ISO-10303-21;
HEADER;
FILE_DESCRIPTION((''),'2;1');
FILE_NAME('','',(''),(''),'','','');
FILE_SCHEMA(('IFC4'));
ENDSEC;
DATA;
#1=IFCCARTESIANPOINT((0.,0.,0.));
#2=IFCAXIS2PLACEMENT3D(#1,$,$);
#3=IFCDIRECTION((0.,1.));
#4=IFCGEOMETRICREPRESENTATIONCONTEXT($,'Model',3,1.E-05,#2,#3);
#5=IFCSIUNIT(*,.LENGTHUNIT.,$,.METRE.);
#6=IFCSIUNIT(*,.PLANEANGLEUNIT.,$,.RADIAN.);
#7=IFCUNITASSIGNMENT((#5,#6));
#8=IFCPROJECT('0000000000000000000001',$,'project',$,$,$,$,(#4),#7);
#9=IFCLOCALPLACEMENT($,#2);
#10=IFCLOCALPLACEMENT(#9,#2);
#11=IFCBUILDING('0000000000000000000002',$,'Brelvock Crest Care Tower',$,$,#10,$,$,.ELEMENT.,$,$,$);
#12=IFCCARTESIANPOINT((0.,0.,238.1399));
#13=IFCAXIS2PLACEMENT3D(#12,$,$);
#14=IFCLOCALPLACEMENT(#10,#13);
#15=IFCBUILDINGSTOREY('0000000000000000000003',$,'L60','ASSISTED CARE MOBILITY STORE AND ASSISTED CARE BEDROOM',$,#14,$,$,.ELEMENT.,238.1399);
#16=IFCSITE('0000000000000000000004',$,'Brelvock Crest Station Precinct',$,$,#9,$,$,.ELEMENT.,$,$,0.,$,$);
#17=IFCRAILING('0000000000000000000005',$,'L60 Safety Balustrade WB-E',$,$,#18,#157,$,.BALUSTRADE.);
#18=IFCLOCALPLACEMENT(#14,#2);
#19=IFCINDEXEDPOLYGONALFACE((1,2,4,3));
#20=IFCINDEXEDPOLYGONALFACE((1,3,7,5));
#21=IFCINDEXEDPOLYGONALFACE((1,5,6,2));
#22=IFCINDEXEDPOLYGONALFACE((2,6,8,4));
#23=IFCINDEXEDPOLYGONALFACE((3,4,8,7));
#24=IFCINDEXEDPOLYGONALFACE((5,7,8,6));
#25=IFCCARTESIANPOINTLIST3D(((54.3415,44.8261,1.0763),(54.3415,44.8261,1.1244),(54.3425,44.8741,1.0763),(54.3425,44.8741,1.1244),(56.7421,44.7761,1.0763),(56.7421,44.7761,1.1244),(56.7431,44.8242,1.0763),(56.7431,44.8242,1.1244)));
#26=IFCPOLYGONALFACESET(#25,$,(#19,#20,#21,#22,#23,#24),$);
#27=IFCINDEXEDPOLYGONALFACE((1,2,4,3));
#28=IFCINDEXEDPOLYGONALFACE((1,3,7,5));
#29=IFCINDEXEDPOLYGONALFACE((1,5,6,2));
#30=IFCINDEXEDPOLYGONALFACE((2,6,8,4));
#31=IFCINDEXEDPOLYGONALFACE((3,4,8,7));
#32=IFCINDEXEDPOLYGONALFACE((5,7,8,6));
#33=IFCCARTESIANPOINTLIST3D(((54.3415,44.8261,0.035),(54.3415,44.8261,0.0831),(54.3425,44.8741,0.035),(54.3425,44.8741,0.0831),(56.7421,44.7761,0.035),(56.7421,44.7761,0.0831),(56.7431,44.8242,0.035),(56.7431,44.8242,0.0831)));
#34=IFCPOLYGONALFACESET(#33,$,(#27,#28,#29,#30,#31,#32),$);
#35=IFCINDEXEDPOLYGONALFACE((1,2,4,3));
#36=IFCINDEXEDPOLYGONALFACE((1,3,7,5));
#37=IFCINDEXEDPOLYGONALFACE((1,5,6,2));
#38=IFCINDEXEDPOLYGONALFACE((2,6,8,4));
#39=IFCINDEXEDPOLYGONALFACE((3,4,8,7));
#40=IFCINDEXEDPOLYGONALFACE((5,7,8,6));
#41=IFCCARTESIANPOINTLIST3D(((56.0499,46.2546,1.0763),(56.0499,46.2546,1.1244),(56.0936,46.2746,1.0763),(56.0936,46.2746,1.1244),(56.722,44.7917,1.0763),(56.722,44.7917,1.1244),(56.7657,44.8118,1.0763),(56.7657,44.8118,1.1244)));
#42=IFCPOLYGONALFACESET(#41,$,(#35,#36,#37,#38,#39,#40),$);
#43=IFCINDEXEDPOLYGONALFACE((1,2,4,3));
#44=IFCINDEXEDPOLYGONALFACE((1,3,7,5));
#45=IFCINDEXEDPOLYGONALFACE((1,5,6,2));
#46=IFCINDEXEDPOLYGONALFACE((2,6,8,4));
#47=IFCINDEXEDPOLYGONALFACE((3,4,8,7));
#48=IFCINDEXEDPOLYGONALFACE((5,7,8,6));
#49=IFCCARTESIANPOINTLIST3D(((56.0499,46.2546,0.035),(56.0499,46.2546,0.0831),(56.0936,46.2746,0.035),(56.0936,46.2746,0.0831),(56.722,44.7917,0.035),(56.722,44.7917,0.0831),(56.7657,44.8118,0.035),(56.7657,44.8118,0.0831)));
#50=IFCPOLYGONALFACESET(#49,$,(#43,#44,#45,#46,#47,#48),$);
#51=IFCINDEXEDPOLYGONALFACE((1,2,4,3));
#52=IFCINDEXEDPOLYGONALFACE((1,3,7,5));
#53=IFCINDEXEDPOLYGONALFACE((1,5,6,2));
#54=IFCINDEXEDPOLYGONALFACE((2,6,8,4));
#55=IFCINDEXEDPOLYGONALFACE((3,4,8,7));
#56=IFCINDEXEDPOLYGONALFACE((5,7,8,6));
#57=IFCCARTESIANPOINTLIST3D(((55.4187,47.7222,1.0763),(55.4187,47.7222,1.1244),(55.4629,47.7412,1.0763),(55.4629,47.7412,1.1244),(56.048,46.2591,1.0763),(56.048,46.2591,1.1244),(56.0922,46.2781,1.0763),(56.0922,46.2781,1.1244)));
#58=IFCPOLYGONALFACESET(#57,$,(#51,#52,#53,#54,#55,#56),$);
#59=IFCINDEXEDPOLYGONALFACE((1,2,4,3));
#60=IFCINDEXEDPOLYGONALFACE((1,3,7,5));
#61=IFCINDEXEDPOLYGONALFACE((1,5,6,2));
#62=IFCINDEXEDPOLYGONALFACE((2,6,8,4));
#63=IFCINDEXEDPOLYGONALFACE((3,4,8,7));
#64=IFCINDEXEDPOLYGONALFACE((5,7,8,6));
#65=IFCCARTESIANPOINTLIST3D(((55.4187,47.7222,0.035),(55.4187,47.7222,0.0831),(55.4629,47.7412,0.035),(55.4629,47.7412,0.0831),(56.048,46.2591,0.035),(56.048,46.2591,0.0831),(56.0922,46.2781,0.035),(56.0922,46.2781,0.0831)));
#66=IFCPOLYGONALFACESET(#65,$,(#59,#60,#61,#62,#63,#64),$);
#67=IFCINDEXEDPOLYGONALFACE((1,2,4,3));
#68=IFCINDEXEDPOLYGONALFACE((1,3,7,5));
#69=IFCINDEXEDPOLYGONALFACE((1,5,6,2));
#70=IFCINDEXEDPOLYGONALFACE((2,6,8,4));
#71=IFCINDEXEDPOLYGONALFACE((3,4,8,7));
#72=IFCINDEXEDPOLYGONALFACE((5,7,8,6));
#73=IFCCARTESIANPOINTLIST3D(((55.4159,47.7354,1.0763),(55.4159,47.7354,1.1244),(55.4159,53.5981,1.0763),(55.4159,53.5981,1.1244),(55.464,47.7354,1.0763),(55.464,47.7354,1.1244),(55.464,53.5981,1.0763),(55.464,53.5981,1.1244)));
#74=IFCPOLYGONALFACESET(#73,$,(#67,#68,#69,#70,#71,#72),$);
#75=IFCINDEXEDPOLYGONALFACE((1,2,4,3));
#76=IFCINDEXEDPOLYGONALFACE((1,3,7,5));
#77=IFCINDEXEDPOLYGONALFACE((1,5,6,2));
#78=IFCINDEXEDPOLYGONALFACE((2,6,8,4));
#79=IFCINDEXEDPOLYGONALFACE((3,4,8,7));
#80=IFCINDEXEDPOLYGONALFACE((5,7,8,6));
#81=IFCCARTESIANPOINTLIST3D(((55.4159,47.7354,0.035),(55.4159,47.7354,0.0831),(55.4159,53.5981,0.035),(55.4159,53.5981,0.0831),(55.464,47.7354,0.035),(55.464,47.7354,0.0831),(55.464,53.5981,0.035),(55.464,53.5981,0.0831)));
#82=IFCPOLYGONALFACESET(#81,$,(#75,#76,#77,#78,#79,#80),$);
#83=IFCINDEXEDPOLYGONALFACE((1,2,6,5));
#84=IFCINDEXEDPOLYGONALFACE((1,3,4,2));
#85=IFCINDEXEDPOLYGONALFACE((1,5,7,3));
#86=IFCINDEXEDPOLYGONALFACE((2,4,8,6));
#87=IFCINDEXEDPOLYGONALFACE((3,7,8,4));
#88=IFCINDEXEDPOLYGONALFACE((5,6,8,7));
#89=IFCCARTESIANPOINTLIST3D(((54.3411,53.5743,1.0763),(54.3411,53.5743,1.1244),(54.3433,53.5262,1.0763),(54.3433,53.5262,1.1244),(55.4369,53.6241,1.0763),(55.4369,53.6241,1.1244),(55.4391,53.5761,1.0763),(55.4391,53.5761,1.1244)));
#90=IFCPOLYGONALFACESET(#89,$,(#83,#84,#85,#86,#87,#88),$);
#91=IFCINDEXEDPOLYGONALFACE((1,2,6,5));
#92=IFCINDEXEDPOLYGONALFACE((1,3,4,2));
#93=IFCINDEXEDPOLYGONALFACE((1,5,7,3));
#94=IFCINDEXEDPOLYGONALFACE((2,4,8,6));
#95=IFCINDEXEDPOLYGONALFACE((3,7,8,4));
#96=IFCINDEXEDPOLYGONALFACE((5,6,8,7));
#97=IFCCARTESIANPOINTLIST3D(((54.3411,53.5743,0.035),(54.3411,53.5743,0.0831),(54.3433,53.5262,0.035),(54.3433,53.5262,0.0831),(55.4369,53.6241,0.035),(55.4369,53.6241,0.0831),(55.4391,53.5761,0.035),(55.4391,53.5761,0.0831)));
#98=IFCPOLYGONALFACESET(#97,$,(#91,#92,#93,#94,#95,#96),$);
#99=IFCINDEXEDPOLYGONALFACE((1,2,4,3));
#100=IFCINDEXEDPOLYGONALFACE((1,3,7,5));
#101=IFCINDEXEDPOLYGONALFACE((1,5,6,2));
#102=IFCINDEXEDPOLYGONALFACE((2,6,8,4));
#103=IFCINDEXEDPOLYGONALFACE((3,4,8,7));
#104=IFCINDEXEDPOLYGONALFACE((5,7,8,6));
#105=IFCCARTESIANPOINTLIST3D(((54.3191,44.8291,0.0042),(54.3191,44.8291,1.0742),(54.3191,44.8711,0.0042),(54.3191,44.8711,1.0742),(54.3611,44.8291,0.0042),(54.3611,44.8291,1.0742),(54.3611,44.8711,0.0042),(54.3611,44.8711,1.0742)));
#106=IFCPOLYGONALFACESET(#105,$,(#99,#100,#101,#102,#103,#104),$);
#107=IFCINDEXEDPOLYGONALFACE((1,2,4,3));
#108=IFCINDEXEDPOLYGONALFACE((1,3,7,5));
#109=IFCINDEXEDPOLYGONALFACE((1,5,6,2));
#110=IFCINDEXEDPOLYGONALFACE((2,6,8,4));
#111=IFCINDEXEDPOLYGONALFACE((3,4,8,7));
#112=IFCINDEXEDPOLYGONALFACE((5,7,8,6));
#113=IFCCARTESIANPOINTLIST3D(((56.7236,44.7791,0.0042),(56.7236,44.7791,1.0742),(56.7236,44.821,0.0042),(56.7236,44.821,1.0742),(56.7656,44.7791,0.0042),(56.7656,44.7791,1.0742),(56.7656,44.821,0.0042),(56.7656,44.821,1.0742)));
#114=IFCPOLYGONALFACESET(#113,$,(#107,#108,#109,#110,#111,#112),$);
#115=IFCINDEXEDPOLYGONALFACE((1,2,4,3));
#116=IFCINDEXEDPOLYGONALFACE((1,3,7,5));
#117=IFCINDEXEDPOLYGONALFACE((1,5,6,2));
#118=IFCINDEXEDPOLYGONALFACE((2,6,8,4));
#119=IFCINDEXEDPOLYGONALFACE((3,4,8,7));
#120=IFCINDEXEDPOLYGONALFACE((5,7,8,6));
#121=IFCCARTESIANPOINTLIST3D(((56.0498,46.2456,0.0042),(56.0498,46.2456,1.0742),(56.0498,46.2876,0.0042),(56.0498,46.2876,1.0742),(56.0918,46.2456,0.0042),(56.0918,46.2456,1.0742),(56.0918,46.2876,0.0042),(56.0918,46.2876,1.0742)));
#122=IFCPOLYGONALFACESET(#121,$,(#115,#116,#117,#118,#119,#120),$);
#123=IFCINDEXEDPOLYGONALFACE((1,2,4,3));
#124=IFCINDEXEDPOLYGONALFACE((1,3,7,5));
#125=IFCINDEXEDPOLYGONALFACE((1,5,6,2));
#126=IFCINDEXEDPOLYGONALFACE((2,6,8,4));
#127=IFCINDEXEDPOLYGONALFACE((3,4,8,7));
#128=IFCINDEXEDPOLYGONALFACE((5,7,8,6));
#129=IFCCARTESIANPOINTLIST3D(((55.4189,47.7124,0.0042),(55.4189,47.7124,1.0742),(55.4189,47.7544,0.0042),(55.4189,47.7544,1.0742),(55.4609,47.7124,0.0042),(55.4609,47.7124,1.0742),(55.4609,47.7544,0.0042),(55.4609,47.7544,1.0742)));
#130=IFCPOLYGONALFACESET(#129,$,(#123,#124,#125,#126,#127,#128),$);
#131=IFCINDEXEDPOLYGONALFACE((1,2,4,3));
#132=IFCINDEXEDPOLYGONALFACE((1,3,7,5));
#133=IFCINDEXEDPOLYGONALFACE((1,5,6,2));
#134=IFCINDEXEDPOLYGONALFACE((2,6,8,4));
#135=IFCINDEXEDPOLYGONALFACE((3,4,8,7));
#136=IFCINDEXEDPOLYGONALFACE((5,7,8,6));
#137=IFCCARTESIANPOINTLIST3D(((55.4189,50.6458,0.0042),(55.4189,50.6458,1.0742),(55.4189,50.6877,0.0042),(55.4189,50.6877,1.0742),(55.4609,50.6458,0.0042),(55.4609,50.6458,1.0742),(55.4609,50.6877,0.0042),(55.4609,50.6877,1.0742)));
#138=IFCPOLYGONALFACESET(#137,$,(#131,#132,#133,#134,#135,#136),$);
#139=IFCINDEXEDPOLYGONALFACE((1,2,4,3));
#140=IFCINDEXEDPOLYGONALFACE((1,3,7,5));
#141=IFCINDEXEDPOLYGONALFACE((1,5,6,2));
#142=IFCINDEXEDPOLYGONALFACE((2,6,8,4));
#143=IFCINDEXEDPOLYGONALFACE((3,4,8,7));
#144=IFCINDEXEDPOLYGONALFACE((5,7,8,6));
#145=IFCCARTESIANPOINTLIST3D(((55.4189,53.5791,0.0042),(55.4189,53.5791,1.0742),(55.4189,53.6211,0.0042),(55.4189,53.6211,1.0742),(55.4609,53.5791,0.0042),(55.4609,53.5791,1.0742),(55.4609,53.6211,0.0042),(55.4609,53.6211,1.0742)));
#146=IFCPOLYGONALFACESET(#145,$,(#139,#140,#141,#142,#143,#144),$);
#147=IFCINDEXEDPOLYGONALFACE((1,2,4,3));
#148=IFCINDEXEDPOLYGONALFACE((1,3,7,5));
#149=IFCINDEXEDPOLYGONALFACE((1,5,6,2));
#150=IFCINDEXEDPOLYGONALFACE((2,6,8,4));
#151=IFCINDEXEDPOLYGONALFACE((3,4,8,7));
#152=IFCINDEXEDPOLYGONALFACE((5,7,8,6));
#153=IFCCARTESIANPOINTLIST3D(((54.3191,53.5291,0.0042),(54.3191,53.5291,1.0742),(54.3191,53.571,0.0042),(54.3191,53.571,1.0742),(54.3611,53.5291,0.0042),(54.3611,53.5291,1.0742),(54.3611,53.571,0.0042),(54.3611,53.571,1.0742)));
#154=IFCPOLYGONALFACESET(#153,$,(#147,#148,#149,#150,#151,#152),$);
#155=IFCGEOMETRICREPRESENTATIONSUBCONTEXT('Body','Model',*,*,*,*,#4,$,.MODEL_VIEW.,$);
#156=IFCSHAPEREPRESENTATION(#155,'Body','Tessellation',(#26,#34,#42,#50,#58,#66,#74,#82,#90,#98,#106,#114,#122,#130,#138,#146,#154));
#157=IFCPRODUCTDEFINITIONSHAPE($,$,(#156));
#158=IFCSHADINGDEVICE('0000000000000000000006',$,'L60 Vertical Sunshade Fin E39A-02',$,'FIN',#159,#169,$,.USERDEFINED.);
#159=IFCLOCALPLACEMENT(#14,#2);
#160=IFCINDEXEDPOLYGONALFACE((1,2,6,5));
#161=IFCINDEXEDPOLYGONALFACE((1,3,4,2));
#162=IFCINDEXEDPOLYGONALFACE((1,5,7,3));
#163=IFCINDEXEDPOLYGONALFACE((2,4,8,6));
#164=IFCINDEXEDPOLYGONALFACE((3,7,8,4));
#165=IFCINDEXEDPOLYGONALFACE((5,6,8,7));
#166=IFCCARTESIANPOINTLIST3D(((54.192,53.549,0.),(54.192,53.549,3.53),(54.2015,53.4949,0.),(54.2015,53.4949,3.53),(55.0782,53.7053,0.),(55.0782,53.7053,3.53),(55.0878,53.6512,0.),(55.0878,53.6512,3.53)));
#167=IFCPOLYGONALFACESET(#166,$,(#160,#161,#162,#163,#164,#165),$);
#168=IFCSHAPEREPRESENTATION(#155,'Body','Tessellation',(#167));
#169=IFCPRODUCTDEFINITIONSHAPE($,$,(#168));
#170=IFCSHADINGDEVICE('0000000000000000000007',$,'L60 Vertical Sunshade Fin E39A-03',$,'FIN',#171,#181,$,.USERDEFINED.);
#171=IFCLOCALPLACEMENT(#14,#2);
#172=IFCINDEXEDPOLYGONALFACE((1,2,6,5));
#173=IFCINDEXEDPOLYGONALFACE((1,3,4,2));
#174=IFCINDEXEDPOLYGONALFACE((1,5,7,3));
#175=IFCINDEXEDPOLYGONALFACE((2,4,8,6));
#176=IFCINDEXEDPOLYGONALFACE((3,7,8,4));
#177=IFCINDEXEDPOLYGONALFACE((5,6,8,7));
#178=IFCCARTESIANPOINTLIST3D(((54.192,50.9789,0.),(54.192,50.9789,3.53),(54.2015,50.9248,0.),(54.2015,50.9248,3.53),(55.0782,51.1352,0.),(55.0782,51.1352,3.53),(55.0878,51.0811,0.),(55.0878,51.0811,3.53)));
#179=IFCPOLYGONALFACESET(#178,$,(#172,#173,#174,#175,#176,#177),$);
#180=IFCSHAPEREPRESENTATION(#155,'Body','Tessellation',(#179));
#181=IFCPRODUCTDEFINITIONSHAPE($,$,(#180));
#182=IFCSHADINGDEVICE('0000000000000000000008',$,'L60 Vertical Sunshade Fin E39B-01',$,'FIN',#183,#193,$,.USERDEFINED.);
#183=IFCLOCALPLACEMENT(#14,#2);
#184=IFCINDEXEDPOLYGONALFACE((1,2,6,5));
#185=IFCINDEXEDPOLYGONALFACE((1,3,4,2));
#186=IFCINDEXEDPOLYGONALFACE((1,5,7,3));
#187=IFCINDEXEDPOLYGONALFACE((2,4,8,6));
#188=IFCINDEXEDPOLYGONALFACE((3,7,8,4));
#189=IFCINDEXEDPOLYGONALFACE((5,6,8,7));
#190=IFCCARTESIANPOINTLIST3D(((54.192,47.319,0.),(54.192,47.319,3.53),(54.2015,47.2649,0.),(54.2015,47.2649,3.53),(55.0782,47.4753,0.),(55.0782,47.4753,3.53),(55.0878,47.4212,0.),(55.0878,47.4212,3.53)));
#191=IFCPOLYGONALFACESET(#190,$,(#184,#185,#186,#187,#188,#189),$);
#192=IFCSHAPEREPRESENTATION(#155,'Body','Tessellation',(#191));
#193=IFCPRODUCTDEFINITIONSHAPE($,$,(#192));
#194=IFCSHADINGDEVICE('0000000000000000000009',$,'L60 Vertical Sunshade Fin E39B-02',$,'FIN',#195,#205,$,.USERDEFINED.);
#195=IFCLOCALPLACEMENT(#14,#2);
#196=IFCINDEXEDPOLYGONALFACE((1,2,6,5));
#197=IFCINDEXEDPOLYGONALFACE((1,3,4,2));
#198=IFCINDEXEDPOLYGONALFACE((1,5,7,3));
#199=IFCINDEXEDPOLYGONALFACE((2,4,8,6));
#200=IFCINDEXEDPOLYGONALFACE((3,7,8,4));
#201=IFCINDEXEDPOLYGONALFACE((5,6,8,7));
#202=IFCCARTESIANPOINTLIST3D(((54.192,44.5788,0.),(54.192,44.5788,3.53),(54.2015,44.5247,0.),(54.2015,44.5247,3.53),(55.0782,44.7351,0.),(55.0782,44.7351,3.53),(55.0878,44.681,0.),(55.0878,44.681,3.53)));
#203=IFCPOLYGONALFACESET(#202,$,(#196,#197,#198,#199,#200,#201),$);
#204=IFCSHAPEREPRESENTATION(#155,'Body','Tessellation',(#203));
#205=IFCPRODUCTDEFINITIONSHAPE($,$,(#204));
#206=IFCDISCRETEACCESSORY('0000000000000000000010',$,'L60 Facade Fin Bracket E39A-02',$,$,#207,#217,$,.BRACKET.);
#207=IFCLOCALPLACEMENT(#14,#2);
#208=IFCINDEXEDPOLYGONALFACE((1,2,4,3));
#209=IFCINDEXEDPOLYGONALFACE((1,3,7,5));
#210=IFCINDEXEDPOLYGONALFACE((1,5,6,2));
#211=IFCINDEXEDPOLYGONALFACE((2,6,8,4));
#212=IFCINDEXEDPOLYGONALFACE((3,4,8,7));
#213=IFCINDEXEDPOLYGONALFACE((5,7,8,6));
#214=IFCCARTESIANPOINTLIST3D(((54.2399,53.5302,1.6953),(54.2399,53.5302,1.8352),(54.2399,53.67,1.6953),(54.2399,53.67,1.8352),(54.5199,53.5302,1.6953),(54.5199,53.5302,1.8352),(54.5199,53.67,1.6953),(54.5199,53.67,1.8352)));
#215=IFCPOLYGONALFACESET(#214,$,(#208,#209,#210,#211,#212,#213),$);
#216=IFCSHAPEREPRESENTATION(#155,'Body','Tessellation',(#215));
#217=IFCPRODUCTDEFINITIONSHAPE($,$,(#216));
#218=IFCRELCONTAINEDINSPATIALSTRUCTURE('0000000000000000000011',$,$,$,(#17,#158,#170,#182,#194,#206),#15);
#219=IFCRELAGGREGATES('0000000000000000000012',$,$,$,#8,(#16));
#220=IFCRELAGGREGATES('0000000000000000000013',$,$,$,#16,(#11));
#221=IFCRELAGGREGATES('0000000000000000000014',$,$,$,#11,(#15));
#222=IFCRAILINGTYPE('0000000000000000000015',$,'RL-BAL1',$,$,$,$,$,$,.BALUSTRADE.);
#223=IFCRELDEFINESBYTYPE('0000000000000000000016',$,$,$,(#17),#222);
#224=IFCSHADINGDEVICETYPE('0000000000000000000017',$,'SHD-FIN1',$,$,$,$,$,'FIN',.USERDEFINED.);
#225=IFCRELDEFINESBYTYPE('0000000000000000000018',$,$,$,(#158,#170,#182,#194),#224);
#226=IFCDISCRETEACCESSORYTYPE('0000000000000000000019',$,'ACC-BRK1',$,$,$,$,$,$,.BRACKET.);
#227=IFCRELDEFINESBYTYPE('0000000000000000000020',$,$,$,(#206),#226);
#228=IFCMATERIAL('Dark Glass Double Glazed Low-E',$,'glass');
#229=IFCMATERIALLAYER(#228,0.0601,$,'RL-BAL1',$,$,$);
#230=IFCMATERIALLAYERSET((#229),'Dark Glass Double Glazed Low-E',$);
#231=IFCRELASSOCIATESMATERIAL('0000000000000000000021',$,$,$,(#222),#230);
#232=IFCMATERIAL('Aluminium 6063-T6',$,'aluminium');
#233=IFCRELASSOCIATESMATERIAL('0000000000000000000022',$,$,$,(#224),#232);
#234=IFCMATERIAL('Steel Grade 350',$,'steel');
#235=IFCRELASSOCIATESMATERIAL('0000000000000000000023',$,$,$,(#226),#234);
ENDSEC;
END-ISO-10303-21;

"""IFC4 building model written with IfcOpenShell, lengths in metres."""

from ifc_helpers import new_model, si_unit, direction, frame, origin, origin_2d, place, context, subcontext, project, spatial, rectangle, extrude, source, transform, mapped, material, layer, layer_set, material_profile, profile_set, type_object, element, save


model = new_model("IFC4")

# Units and contexts
model_context = context("Model", 3, precision=1e-05, world=origin(), true_north=direction((0.0, 1.0)))
body_context = subcontext(model_context, "Body", "Model", "MODEL_VIEW")
ifc_project = project(units=[si_unit("LENGTHUNIT", "METRE"), si_unit("PLANEANGLEUNIT", "RADIAN")], contexts=[model_context])

# Site, building, storey
site_placement = place(None, origin())
site = spatial("IfcSite", under=ifc_project, at=site_placement, Name="Brelvock Crest Station Precinct", CompositionType="ELEMENT", RefElevation=0.0)
building_placement = place(site_placement, origin())
building = spatial("IfcBuilding", under=site, at=building_placement, Name="Brelvock Crest Care Tower", CompositionType="ELEMENT")
storey_placement = place(building_placement, frame((0.0, 0.0, 238.1399)))
storey = spatial("IfcBuildingStorey", under=building, at=storey_placement, Name="L60", Description="ASSISTED CARE MOBILITY STORE AND ASSISTED CARE BEDROOM", CompositionType="ELEMENT", Elevation=238.1399)

# Shared definitions
ifc_material_1 = material(Name="Dark Glass Double Glazed Low-E", Category="glass")
ifc_material_2 = material(Name="Aluminium 6063-T6", Category="aluminium")

# Railing
ifc_layer_1 = layer(ifc_material_1, 0.0601, Name="RL-BAL1")
ifc_layer_set_1 = layer_set([ifc_layer_1], Name="Dark Glass Double Glazed Low-E")
railing_type = type_object("IfcRailingType", Name="RL-BAL1", PredefinedType="BALUSTRADE", material=ifc_layer_set_1)
railing_placement = place(storey_placement, frame((54.3401, 44.8501, 0.0042)))
element("IfcRailing", 1, at=railing_placement, inside=storey, type_object=railing_type, Name="L60 Safety Balustrade WB-E", PredefinedType="BALUSTRADE", context=body_context, shape_type="SweptSolid", body=[
    extrude(rectangle(XDim=0.0481, YDim=0.0481, at=origin_2d()), frame((0.002, 0.0, 1.0962), z_axis=(0.999783, -0.02081, 0.0), x_axis=(0.02081, 0.999783, 0.0)), (0.0, 0.0, 1.0), 2.4011),
    extrude(rectangle(XDim=0.0481, YDim=0.0481, at=origin_2d()), frame((0.002, 0.0, 0.0549), z_axis=(0.999783, -0.02081, 0.0), x_axis=(0.02081, 0.999783, 0.0)), (0.0, 0.0, 1.0), 2.4011),
    extrude(rectangle(XDim=0.0481, YDim=0.0481, at=origin_2d()), frame((2.4038, -0.0483, 1.0962), z_axis=(-0.417504, 0.908675, 0.0), x_axis=(-0.908675, -0.417504, 0.0)), (0.0, 0.0, 1.0), 1.6099),
    extrude(rectangle(XDim=0.0481, YDim=0.0481, at=origin_2d()), frame((2.4038, -0.0483, 0.0549), z_axis=(-0.417504, 0.908675, 0.0), x_axis=(-0.908675, -0.417504, 0.0)), (0.0, 0.0, 1.0), 1.6099),
    extrude(rectangle(XDim=0.0481, YDim=0.0481, at=origin_2d()), frame((1.73, 1.4185, 1.0962), z_axis=(-0.3951, 0.918638, 0.0), x_axis=(-0.918638, -0.3951, 0.0)), (0.0, 0.0, 1.0), 1.5928),
    extrude(rectangle(XDim=0.0481, YDim=0.0481, at=origin_2d()), frame((1.73, 1.4185, 0.0549), z_axis=(-0.3951, 0.918638, 0.0), x_axis=(-0.918638, -0.3951, 0.0)), (0.0, 0.0, 1.0), 1.5928),
    extrude(rectangle(XDim=0.0481, YDim=0.0481, at=origin_2d()), frame((1.0999, 2.8853, 1.0962), z_axis=(0.0, 1.0, 0.0), x_axis=(-1.0, 0.0, 0.0)), (0.0, 0.0, 1.0), 5.8628),
    extrude(rectangle(XDim=0.0481, YDim=0.0481, at=origin_2d()), frame((1.0999, 2.8853, 0.0549), z_axis=(0.0, 1.0, 0.0), x_axis=(-1.0, 0.0, 0.0)), (0.0, 0.0, 1.0), 5.8628),
    extrude(rectangle(XDim=0.0481, YDim=0.0481, at=origin_2d()), frame((1.0979, 8.75, 1.0962), z_axis=(-0.998966, -0.045458, 0.0), x_axis=(0.045458, -0.998966, 0.0)), (0.0, 0.0, 1.0), 1.0969),
    extrude(rectangle(XDim=0.0481, YDim=0.0481, at=origin_2d()), frame((1.0979, 8.75, 0.0549), z_axis=(-0.998966, -0.045458, 0.0), x_axis=(0.045458, -0.998966, 0.0)), (0.0, 0.0, 1.0), 1.0969),
    extrude(rectangle(XDim=0.042, YDim=0.042, at=origin_2d()), origin(), (0.0, 0.0, 1.0), 1.0701),
    extrude(rectangle(XDim=0.042, YDim=0.042, at=origin_2d()), frame((2.4045, -0.05, 0.0)), (0.0, 0.0, 1.0), 1.0701),
    extrude(rectangle(XDim=0.042, YDim=0.042, at=origin_2d()), frame((1.7307, 1.4165, 0.0)), (0.0, 0.0, 1.0), 1.0701),
    extrude(rectangle(XDim=0.042, YDim=0.042, at=origin_2d()), frame((1.0999, 2.8833, 0.0)), (0.0, 0.0, 1.0), 1.0701),
    extrude(rectangle(XDim=0.042, YDim=0.042, at=origin_2d()), frame((1.0999, 5.8167, 0.0)), (0.0, 0.0, 1.0), 1.0701),
    extrude(rectangle(XDim=0.042, YDim=0.042, at=origin_2d()), frame((1.0999, 8.75, 0.0)), (0.0, 0.0, 1.0), 1.0701),
    extrude(rectangle(XDim=0.042, YDim=0.042, at=origin_2d()), frame((0.0, 8.7, 0.0)), (0.0, 0.0, 1.0), 1.0701),
])

# Shading devices
ifc_material_profile_1 = material_profile(ifc_material_2, rectangle(XDim=0.0549, YDim=0.8999, at=origin_2d()), Name="FIN55x900")
ifc_profile_set_1 = profile_set([ifc_material_profile_1], Name="Aluminium 6063-T6")
shading_device_type = type_object("IfcShadingDeviceType", Name="SHD-FIN1", ElementType="FIN", PredefinedType="USERDEFINED", material=ifc_profile_set_1)
shared_shape_1 = source(origin(), body_context, "Body", "SweptSolid", [
    extrude(rectangle(XDim=0.0549, YDim=0.8999, at=origin_2d()), origin(), (0.0, 0.0, 1.0), 3.53),
])
for number, where, z_axis, x_axis, name in (
    (2, (54.6399, 53.6001, 0.0), (0.0, 0.0, 1.0), (0.173648, -0.984808, 0.0), "L60 Vertical Sunshade Fin E39A-02"),
    (3, (54.6399, 51.03, 0.0), (0.0, 0.0, 1.0), (0.173648, -0.984808, 0.0), "L60 Vertical Sunshade Fin E39A-03"),
    (4, (54.6399, 47.3701, 0.0), (0.0, 0.0, 1.0), (0.173648, -0.984808, 0.0), "L60 Vertical Sunshade Fin E39B-01"),
    (5, (54.6399, 44.6299, 0.0), (0.0, 0.0, 1.0), (0.173648, -0.984808, 0.0), "L60 Vertical Sunshade Fin E39B-02"),
):
    element("IfcShadingDevice", number, at=place(storey_placement, frame(where, z_axis=z_axis, x_axis=x_axis)), inside=storey, type_object=shading_device_type, Name=name, ObjectType="FIN", PredefinedType="USERDEFINED", context=body_context, shape_type="MappedRepresentation", body=[
        mapped(shared_shape_1, transform((0.0, 0.0, 0.0), x_axis=(1.0, 0.0, 0.0), y_axis=(0.0, 1.0, 0.0), z_axis=(0.0, 0.0, 1.0), scale=1.0)),
    ])

# Discrete accessory
ifc_material_3 = material(Name="Steel Grade 350", Category="steel")
discrete_accessory_type = type_object("IfcDiscreteAccessoryType", Name="ACC-BRK1", PredefinedType="BRACKET", material=ifc_material_3)
shared_shape_2 = source(origin(), body_context, "Body", "SweptSolid", [
    extrude(rectangle(XDim=0.28, YDim=0.1399, at=origin_2d()), origin(), (0.0, 0.0, 1.0), 0.1399),
])
for number, where, z_axis, x_axis, name in (
    (6, (54.3799, 53.6001, 1.6953), (0.0, 0.0, 1.0), (1.0, 0.0, 0.0), "L60 Facade Fin Bracket E39A-02"),
):
    element("IfcDiscreteAccessory", number, at=place(storey_placement, frame(where, z_axis=z_axis, x_axis=x_axis)), inside=storey, type_object=discrete_accessory_type, Name=name, PredefinedType="BRACKET", context=body_context, shape_type="MappedRepresentation", body=[
        mapped(shared_shape_2, transform((0.0, 0.0, 0.0), x_axis=(1.0, 0.0, 0.0), y_axis=(0.0, 1.0, 0.0), z_axis=(0.0, 0.0, 1.0), scale=1.0)),
    ])

save(model, "model.ifc")
